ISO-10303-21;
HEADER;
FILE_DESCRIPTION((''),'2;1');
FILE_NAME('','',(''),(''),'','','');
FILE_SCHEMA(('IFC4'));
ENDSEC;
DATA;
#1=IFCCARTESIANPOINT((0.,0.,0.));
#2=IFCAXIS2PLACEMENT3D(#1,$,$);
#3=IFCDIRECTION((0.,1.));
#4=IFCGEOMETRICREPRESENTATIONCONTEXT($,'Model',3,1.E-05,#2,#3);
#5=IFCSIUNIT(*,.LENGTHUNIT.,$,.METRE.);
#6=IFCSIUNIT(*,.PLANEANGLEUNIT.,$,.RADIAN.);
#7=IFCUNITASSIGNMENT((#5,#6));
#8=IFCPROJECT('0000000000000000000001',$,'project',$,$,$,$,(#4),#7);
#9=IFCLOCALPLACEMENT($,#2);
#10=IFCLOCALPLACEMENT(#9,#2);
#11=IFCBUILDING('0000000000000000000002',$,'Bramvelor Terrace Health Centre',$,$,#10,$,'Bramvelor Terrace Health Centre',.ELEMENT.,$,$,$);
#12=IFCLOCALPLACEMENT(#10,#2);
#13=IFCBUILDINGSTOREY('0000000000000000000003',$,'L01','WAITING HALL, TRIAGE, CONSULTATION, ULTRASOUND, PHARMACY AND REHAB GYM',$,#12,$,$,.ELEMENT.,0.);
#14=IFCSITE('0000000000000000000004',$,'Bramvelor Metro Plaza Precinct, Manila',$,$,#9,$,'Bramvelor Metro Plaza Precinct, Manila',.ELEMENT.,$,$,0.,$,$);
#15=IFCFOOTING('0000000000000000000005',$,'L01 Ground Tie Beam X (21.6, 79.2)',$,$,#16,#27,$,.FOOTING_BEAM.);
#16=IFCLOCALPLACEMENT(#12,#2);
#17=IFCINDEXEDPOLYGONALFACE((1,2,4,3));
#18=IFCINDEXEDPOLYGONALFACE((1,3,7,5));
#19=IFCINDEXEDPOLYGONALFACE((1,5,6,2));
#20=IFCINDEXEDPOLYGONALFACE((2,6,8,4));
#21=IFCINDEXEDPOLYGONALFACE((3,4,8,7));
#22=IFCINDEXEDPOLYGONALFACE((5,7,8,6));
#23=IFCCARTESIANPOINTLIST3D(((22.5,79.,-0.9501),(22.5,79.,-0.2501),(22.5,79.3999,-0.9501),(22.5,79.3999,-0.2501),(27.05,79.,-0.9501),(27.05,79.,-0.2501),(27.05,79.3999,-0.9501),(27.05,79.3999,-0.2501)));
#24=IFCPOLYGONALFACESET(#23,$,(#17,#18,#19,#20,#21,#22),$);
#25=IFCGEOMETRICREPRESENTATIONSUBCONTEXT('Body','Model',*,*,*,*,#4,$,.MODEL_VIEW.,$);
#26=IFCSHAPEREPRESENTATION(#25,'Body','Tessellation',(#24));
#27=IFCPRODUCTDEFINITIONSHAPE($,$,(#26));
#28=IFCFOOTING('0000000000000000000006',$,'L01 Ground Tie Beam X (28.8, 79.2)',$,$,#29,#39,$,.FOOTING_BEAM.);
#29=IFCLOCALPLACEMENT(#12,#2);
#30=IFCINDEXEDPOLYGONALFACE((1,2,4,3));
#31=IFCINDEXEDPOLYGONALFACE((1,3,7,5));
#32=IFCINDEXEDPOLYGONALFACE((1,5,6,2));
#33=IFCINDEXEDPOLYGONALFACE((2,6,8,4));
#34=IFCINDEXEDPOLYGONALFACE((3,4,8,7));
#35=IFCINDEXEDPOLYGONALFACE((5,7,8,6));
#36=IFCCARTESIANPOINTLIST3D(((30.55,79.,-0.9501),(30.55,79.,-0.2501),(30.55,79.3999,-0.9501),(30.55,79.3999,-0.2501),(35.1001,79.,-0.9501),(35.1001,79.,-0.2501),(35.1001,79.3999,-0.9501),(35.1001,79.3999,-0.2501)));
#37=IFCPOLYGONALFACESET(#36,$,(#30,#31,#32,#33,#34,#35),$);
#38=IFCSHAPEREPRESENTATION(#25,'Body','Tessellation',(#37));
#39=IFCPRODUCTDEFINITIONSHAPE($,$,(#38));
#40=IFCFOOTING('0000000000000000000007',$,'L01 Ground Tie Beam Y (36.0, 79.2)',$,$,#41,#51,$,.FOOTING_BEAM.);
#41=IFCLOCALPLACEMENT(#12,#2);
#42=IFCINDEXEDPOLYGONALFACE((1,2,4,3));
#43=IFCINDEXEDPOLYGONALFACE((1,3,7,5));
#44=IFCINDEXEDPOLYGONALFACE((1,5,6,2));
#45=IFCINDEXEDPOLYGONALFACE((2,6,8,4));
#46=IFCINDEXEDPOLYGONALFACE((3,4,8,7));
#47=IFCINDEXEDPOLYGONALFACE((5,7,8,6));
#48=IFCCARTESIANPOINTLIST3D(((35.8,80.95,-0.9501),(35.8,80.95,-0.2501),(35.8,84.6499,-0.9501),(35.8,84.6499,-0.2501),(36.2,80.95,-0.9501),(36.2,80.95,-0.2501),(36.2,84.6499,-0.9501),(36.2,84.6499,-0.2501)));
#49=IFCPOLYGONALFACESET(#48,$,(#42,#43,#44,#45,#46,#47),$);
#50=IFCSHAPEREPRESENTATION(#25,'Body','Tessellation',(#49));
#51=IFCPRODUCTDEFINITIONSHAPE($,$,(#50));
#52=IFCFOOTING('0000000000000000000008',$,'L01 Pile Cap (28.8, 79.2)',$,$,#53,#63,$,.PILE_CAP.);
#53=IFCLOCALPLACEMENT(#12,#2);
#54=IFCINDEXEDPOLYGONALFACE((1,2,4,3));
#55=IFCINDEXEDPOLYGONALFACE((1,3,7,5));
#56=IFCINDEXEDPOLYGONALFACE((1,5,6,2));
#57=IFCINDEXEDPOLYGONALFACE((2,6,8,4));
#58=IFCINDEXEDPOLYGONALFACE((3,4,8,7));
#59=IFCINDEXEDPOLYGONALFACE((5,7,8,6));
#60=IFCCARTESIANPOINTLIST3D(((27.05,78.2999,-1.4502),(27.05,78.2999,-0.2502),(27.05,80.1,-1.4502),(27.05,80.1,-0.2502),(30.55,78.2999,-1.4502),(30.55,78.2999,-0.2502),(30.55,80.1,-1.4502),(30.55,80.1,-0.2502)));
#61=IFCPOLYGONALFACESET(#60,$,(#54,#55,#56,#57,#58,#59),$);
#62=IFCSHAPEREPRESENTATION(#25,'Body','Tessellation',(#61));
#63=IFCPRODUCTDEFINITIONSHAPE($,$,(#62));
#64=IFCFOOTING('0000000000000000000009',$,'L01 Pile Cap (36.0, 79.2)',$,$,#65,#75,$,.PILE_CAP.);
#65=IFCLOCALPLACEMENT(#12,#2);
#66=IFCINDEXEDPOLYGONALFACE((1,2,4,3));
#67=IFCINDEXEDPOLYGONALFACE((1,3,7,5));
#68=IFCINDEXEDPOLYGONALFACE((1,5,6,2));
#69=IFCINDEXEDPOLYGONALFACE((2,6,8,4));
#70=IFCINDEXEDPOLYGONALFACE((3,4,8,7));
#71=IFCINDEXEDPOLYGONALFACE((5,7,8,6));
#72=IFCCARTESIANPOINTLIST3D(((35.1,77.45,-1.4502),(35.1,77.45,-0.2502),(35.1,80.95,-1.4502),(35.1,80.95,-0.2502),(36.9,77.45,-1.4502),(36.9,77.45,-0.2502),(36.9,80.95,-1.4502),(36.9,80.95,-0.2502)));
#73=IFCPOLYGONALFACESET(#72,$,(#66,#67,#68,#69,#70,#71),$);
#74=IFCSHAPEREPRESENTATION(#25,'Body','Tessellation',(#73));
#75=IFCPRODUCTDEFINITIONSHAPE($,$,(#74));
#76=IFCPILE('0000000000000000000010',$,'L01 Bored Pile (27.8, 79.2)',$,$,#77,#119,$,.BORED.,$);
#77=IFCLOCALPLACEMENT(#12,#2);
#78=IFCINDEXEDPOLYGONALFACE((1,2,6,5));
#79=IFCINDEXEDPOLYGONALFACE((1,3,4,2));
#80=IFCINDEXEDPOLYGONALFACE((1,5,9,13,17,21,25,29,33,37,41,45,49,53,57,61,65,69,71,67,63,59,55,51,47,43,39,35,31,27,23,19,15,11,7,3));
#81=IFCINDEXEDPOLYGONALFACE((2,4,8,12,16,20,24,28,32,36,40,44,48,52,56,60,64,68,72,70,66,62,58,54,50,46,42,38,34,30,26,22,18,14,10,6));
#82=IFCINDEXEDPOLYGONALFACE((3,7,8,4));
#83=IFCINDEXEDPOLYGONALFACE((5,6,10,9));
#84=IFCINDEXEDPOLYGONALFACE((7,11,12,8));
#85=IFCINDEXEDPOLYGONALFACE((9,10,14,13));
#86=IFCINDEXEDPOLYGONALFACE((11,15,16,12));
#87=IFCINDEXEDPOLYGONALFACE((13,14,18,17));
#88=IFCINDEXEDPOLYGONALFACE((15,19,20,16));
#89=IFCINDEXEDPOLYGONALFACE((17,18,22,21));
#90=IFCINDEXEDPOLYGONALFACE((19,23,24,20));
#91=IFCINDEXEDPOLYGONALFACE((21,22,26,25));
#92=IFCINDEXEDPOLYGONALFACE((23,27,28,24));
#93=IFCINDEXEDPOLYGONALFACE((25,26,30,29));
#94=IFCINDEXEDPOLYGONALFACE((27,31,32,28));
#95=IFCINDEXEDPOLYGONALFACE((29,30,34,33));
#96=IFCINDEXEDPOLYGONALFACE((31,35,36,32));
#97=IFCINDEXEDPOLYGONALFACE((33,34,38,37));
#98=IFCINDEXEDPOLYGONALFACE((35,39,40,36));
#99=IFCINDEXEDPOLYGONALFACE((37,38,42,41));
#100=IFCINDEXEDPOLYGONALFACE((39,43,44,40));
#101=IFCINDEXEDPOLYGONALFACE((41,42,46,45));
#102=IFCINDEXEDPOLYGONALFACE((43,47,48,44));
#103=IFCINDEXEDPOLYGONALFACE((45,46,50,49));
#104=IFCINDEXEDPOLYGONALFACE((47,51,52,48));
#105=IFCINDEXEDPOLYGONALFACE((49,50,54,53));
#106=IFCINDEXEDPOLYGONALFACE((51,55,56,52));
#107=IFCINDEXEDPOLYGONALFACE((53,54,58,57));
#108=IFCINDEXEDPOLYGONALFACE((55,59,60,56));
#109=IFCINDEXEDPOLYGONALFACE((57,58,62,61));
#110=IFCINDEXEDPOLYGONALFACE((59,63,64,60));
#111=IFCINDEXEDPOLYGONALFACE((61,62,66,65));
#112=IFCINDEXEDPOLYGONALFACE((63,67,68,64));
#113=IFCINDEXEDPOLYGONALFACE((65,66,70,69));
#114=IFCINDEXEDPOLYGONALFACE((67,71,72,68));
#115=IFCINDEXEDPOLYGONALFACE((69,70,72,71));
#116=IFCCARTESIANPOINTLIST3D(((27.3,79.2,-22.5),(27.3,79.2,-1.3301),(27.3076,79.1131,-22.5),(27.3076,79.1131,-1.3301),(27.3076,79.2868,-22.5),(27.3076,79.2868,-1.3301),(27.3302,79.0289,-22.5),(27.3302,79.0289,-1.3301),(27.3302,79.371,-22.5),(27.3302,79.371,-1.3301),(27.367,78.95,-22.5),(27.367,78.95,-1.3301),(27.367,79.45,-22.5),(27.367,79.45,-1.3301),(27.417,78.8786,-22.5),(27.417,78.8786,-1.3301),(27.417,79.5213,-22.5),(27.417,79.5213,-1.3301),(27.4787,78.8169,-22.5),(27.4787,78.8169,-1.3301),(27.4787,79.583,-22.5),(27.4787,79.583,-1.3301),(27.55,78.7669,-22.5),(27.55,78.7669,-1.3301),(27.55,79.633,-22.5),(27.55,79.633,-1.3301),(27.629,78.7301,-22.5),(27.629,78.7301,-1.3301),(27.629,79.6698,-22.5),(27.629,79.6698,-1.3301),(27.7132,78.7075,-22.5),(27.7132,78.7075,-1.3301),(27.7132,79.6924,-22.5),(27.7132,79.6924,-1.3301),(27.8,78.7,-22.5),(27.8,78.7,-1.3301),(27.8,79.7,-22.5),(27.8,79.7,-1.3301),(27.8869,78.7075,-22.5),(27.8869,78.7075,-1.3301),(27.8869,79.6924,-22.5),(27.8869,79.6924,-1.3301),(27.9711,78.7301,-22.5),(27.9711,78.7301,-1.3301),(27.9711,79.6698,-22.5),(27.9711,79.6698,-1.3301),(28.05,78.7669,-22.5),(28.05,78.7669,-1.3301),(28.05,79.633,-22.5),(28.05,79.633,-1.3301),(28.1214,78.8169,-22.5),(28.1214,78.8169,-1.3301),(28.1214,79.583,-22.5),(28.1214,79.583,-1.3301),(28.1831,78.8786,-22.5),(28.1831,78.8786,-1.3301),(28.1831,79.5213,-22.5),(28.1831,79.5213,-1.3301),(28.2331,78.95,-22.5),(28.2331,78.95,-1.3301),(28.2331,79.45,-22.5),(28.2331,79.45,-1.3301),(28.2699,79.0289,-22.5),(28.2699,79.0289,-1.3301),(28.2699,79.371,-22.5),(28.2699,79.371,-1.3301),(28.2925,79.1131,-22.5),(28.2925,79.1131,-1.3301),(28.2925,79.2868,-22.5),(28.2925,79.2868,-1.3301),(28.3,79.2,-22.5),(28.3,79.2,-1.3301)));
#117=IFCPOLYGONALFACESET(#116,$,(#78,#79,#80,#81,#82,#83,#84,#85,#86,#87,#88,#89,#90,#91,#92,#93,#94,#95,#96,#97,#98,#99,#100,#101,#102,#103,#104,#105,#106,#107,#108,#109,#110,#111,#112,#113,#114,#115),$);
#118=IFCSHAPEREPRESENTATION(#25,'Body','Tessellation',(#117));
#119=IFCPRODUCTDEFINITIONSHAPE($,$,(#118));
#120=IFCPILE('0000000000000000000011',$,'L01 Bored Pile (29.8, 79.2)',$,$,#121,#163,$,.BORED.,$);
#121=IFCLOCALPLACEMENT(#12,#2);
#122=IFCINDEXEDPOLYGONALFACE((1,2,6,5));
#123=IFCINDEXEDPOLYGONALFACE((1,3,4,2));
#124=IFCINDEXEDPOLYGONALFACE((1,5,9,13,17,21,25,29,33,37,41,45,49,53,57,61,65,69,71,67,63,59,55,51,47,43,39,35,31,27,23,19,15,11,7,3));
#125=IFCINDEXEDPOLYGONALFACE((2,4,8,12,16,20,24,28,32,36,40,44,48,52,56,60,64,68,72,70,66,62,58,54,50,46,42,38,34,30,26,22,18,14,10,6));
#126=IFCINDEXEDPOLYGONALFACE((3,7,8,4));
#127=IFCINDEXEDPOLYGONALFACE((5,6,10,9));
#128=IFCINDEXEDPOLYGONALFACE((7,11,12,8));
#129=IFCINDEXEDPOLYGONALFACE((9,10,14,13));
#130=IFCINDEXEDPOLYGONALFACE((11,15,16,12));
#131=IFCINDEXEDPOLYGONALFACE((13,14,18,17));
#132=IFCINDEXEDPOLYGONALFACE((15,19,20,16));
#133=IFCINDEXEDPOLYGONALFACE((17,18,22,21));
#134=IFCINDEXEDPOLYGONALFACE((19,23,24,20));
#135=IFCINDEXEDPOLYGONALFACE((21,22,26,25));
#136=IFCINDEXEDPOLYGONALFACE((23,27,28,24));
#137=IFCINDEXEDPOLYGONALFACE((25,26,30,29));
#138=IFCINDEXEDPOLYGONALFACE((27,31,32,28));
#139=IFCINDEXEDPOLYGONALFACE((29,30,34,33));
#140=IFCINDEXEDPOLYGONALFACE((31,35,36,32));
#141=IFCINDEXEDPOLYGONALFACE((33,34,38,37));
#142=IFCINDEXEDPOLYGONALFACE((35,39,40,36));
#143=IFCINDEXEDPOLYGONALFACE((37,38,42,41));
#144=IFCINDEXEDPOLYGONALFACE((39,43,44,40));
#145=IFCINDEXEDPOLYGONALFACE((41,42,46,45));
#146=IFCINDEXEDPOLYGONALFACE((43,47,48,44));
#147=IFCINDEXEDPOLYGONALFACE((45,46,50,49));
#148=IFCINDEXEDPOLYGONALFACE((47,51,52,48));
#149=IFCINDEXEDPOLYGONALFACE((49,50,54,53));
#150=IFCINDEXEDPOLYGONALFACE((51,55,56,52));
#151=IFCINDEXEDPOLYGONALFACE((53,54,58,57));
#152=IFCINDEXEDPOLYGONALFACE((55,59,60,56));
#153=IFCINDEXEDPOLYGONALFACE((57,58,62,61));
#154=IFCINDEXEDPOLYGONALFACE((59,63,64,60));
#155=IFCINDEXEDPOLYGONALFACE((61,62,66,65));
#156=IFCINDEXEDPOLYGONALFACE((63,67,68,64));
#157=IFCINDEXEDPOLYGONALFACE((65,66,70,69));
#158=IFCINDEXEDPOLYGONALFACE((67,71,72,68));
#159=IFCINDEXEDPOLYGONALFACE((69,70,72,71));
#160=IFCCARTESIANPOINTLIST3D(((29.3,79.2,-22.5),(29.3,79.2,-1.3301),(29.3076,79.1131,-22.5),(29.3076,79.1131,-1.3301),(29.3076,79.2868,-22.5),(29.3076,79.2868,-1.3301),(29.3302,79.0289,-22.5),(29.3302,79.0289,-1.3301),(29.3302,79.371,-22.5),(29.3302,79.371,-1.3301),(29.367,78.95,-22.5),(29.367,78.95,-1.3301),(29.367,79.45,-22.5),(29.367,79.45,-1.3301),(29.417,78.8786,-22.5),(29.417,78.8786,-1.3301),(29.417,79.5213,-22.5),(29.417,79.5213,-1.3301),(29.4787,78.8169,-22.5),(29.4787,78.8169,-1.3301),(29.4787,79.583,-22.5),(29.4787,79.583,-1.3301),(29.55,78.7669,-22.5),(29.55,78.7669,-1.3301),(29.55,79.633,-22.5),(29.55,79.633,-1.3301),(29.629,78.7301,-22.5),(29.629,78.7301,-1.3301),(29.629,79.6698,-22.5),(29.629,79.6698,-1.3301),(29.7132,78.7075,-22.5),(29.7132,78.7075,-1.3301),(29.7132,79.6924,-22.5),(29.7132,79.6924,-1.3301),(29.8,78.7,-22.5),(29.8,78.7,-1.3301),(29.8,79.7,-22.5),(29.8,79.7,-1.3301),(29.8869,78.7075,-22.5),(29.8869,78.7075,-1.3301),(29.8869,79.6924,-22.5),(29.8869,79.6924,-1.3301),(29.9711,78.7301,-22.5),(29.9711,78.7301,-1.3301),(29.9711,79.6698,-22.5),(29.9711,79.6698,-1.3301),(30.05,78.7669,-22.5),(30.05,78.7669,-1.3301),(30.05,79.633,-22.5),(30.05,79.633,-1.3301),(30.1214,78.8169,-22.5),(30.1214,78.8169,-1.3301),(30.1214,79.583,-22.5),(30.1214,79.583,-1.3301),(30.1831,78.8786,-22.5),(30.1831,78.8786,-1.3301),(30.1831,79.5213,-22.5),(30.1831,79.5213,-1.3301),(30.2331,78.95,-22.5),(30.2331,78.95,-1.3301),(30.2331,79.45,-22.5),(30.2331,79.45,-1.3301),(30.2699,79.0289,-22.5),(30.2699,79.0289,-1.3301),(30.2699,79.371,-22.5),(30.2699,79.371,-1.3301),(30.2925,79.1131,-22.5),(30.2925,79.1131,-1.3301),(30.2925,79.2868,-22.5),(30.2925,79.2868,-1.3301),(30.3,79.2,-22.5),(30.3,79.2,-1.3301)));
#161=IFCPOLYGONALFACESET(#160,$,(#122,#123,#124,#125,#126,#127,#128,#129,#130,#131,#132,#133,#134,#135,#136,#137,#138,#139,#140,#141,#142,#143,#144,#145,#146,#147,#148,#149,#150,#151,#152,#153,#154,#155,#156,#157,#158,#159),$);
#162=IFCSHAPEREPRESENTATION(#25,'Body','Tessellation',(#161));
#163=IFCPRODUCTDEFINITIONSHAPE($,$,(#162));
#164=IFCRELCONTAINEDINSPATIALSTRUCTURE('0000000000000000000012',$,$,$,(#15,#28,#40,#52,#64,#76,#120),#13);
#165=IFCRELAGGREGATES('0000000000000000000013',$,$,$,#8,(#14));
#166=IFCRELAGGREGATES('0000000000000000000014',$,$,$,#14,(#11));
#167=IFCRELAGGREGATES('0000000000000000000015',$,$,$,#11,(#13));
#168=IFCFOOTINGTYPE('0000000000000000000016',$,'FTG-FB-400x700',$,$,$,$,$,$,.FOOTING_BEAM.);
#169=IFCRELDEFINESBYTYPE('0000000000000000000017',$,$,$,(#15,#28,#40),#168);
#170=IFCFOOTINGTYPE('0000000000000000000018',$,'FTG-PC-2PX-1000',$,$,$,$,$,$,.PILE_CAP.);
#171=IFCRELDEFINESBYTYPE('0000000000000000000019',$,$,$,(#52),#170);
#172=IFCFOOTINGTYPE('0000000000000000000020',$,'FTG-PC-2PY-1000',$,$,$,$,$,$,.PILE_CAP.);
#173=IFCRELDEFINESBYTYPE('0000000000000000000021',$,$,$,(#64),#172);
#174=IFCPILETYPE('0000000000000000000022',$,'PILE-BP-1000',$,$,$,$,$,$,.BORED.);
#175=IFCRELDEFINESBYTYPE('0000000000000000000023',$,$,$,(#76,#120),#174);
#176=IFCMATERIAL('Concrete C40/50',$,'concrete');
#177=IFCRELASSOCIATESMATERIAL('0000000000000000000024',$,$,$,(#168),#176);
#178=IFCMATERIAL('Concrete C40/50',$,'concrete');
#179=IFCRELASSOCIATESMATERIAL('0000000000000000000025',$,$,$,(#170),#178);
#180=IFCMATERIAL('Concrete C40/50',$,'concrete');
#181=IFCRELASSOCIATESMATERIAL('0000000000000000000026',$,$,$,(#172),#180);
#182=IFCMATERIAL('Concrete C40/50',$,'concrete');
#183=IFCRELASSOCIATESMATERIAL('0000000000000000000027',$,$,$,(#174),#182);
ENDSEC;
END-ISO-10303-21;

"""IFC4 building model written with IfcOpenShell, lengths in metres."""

from ifc_helpers import new_model, si_unit, direction, frame, origin, origin_2d, place, context, subcontext, project, spatial, rectangle, circle, extrude, material, material_profile, profile_set, type_object, element, save


model = new_model("IFC4")

# Units and contexts
model_context = context("Model", 3, precision=1e-05, world=origin(), true_north=direction((0.0, 1.0)))
body_context = subcontext(model_context, "Body", "Model", "MODEL_VIEW")
ifc_project = project(units=[si_unit("LENGTHUNIT", "METRE"), si_unit("PLANEANGLEUNIT", "RADIAN")], contexts=[model_context])

# Site, building, storey
site_placement = place(None, origin())
site = spatial("IfcSite", under=ifc_project, at=site_placement, Name="Bramvelor Metro Plaza Precinct, Manila", LongName="Bramvelor Metro Plaza Precinct, Manila", CompositionType="ELEMENT", RefElevation=0.0)
building_placement = place(site_placement, origin())
building = spatial("IfcBuilding", under=site, at=building_placement, Name="Bramvelor Terrace Health Centre", LongName="Bramvelor Terrace Health Centre", CompositionType="ELEMENT")
storey_placement = place(building_placement, origin())
storey = spatial("IfcBuildingStorey", under=building, at=storey_placement, Name="L01", Description="WAITING HALL, TRIAGE, CONSULTATION, ULTRASOUND, PHARMACY AND REHAB GYM", CompositionType="ELEMENT", Elevation=0.0)

# Footings
ifc_material_1 = material(Name="Concrete C40/50", Category="concrete")
ifc_material_profile_1 = material_profile(ifc_material_1, rectangle(XDim=0.3999, YDim=0.7, at=origin_2d()), Name="RC 400x700")
ifc_profile_set_1 = profile_set([ifc_material_profile_1], Name="Concrete C40/50")
footing_type_1 = type_object("IfcFootingType", Name="FTG-FB-400x700", PredefinedType="FOOTING_BEAM", material=ifc_profile_set_1)
for number, where, z_axis, x_axis, name in (
    (1, (22.5, 79.2, -0.6001), (1.0, 0.0, 0.0), (0.0, 1.0, 0.0), "L01 Ground Tie Beam X (21.6, 79.2)"),
    (2, (30.55, 79.2, -0.6001), (1.0, 0.0, 0.0), (0.0, 1.0, 0.0), "L01 Ground Tie Beam X (28.8, 79.2)"),
):
    element("IfcFooting", number, at=place(storey_placement, frame(where, z_axis=z_axis, x_axis=x_axis)), inside=storey, type_object=footing_type_1, Name=name, PredefinedType="FOOTING_BEAM", context=body_context, shape_type="SweptSolid", body=[
        extrude(rectangle(XDim=0.3999, YDim=0.7, at=origin_2d()), origin(), (0.0, 0.0, 1.0), 4.55),
    ])
footing_1_placement = place(storey_placement, frame((36.0, 80.95, -0.6001), z_axis=(0.0, 1.0, 0.0), x_axis=(-1.0, 0.0, 0.0)))
element("IfcFooting", 3, at=footing_1_placement, inside=storey, type_object=footing_type_1, Name="L01 Ground Tie Beam Y (36.0, 79.2)", PredefinedType="FOOTING_BEAM", context=body_context, shape_type="SweptSolid", body=[
    extrude(rectangle(XDim=0.3999, YDim=0.7, at=origin_2d()), origin(), (0.0, 0.0, 1.0), 3.7),
])
ifc_material_2 = material(Name="Concrete C40/50", Category="concrete")
footing_type_2 = type_object("IfcFootingType", Name="FTG-PC-2PX-1000", PredefinedType="PILE_CAP", material=ifc_material_2)
footing_2_placement = place(storey_placement, frame((28.8, 79.2, -1.4502), z_axis=(0.0, 0.0, 1.0), x_axis=(1.0, 0.0, 0.0)))
element("IfcFooting", 4, at=footing_2_placement, inside=storey, type_object=footing_type_2, Name="L01 Pile Cap (28.8, 79.2)", PredefinedType="PILE_CAP", context=body_context, shape_type="SweptSolid", body=[
    extrude(rectangle(XDim=3.5, YDim=1.8, at=origin_2d()), origin(), (0.0, 0.0, 1.0), 1.2),
])
ifc_material_3 = material(Name="Concrete C40/50", Category="concrete")
footing_type_3 = type_object("IfcFootingType", Name="FTG-PC-2PY-1000", PredefinedType="PILE_CAP", material=ifc_material_3)
footing_3_placement = place(storey_placement, frame((36.0, 79.2, -1.4502), z_axis=(0.0, 0.0, 1.0), x_axis=(1.0, 0.0, 0.0)))
element("IfcFooting", 5, at=footing_3_placement, inside=storey, type_object=footing_type_3, Name="L01 Pile Cap (36.0, 79.2)", PredefinedType="PILE_CAP", context=body_context, shape_type="SweptSolid", body=[
    extrude(rectangle(XDim=1.8, YDim=3.5, at=origin_2d()), origin(), (0.0, 0.0, 1.0), 1.2),
])

# Piles
ifc_material_4 = material(Name="Concrete C40/50", Category="concrete")
ifc_material_profile_2 = material_profile(ifc_material_4, circle(Radius=0.5, at=origin_2d()), Name="BP D1000")
ifc_profile_set_2 = profile_set([ifc_material_profile_2], Name="Concrete C40/50")
pile_type = type_object("IfcPileType", Name="PILE-BP-1000", PredefinedType="BORED", material=ifc_profile_set_2)
for number, where, z_axis, x_axis, name in (
    (6, (27.8, 79.2, -1.3301), (0.0, 0.0, -1.0), (1.0, 0.0, 0.0), "L01 Bored Pile (27.8, 79.2)"),
    (7, (29.8, 79.2, -1.3301), (0.0, 0.0, -1.0), (1.0, 0.0, 0.0), "L01 Bored Pile (29.8, 79.2)"),
):
    element("IfcPile", number, at=place(storey_placement, frame(where, z_axis=z_axis, x_axis=x_axis)), inside=storey, type_object=pile_type, Name=name, PredefinedType="BORED", context=body_context, shape_type="SweptSolid", body=[
        extrude(circle(Radius=0.5, at=origin_2d()), origin(), (0.0, 0.0, 1.0), 21.1699),
    ])

save(model, "model.ifc")
